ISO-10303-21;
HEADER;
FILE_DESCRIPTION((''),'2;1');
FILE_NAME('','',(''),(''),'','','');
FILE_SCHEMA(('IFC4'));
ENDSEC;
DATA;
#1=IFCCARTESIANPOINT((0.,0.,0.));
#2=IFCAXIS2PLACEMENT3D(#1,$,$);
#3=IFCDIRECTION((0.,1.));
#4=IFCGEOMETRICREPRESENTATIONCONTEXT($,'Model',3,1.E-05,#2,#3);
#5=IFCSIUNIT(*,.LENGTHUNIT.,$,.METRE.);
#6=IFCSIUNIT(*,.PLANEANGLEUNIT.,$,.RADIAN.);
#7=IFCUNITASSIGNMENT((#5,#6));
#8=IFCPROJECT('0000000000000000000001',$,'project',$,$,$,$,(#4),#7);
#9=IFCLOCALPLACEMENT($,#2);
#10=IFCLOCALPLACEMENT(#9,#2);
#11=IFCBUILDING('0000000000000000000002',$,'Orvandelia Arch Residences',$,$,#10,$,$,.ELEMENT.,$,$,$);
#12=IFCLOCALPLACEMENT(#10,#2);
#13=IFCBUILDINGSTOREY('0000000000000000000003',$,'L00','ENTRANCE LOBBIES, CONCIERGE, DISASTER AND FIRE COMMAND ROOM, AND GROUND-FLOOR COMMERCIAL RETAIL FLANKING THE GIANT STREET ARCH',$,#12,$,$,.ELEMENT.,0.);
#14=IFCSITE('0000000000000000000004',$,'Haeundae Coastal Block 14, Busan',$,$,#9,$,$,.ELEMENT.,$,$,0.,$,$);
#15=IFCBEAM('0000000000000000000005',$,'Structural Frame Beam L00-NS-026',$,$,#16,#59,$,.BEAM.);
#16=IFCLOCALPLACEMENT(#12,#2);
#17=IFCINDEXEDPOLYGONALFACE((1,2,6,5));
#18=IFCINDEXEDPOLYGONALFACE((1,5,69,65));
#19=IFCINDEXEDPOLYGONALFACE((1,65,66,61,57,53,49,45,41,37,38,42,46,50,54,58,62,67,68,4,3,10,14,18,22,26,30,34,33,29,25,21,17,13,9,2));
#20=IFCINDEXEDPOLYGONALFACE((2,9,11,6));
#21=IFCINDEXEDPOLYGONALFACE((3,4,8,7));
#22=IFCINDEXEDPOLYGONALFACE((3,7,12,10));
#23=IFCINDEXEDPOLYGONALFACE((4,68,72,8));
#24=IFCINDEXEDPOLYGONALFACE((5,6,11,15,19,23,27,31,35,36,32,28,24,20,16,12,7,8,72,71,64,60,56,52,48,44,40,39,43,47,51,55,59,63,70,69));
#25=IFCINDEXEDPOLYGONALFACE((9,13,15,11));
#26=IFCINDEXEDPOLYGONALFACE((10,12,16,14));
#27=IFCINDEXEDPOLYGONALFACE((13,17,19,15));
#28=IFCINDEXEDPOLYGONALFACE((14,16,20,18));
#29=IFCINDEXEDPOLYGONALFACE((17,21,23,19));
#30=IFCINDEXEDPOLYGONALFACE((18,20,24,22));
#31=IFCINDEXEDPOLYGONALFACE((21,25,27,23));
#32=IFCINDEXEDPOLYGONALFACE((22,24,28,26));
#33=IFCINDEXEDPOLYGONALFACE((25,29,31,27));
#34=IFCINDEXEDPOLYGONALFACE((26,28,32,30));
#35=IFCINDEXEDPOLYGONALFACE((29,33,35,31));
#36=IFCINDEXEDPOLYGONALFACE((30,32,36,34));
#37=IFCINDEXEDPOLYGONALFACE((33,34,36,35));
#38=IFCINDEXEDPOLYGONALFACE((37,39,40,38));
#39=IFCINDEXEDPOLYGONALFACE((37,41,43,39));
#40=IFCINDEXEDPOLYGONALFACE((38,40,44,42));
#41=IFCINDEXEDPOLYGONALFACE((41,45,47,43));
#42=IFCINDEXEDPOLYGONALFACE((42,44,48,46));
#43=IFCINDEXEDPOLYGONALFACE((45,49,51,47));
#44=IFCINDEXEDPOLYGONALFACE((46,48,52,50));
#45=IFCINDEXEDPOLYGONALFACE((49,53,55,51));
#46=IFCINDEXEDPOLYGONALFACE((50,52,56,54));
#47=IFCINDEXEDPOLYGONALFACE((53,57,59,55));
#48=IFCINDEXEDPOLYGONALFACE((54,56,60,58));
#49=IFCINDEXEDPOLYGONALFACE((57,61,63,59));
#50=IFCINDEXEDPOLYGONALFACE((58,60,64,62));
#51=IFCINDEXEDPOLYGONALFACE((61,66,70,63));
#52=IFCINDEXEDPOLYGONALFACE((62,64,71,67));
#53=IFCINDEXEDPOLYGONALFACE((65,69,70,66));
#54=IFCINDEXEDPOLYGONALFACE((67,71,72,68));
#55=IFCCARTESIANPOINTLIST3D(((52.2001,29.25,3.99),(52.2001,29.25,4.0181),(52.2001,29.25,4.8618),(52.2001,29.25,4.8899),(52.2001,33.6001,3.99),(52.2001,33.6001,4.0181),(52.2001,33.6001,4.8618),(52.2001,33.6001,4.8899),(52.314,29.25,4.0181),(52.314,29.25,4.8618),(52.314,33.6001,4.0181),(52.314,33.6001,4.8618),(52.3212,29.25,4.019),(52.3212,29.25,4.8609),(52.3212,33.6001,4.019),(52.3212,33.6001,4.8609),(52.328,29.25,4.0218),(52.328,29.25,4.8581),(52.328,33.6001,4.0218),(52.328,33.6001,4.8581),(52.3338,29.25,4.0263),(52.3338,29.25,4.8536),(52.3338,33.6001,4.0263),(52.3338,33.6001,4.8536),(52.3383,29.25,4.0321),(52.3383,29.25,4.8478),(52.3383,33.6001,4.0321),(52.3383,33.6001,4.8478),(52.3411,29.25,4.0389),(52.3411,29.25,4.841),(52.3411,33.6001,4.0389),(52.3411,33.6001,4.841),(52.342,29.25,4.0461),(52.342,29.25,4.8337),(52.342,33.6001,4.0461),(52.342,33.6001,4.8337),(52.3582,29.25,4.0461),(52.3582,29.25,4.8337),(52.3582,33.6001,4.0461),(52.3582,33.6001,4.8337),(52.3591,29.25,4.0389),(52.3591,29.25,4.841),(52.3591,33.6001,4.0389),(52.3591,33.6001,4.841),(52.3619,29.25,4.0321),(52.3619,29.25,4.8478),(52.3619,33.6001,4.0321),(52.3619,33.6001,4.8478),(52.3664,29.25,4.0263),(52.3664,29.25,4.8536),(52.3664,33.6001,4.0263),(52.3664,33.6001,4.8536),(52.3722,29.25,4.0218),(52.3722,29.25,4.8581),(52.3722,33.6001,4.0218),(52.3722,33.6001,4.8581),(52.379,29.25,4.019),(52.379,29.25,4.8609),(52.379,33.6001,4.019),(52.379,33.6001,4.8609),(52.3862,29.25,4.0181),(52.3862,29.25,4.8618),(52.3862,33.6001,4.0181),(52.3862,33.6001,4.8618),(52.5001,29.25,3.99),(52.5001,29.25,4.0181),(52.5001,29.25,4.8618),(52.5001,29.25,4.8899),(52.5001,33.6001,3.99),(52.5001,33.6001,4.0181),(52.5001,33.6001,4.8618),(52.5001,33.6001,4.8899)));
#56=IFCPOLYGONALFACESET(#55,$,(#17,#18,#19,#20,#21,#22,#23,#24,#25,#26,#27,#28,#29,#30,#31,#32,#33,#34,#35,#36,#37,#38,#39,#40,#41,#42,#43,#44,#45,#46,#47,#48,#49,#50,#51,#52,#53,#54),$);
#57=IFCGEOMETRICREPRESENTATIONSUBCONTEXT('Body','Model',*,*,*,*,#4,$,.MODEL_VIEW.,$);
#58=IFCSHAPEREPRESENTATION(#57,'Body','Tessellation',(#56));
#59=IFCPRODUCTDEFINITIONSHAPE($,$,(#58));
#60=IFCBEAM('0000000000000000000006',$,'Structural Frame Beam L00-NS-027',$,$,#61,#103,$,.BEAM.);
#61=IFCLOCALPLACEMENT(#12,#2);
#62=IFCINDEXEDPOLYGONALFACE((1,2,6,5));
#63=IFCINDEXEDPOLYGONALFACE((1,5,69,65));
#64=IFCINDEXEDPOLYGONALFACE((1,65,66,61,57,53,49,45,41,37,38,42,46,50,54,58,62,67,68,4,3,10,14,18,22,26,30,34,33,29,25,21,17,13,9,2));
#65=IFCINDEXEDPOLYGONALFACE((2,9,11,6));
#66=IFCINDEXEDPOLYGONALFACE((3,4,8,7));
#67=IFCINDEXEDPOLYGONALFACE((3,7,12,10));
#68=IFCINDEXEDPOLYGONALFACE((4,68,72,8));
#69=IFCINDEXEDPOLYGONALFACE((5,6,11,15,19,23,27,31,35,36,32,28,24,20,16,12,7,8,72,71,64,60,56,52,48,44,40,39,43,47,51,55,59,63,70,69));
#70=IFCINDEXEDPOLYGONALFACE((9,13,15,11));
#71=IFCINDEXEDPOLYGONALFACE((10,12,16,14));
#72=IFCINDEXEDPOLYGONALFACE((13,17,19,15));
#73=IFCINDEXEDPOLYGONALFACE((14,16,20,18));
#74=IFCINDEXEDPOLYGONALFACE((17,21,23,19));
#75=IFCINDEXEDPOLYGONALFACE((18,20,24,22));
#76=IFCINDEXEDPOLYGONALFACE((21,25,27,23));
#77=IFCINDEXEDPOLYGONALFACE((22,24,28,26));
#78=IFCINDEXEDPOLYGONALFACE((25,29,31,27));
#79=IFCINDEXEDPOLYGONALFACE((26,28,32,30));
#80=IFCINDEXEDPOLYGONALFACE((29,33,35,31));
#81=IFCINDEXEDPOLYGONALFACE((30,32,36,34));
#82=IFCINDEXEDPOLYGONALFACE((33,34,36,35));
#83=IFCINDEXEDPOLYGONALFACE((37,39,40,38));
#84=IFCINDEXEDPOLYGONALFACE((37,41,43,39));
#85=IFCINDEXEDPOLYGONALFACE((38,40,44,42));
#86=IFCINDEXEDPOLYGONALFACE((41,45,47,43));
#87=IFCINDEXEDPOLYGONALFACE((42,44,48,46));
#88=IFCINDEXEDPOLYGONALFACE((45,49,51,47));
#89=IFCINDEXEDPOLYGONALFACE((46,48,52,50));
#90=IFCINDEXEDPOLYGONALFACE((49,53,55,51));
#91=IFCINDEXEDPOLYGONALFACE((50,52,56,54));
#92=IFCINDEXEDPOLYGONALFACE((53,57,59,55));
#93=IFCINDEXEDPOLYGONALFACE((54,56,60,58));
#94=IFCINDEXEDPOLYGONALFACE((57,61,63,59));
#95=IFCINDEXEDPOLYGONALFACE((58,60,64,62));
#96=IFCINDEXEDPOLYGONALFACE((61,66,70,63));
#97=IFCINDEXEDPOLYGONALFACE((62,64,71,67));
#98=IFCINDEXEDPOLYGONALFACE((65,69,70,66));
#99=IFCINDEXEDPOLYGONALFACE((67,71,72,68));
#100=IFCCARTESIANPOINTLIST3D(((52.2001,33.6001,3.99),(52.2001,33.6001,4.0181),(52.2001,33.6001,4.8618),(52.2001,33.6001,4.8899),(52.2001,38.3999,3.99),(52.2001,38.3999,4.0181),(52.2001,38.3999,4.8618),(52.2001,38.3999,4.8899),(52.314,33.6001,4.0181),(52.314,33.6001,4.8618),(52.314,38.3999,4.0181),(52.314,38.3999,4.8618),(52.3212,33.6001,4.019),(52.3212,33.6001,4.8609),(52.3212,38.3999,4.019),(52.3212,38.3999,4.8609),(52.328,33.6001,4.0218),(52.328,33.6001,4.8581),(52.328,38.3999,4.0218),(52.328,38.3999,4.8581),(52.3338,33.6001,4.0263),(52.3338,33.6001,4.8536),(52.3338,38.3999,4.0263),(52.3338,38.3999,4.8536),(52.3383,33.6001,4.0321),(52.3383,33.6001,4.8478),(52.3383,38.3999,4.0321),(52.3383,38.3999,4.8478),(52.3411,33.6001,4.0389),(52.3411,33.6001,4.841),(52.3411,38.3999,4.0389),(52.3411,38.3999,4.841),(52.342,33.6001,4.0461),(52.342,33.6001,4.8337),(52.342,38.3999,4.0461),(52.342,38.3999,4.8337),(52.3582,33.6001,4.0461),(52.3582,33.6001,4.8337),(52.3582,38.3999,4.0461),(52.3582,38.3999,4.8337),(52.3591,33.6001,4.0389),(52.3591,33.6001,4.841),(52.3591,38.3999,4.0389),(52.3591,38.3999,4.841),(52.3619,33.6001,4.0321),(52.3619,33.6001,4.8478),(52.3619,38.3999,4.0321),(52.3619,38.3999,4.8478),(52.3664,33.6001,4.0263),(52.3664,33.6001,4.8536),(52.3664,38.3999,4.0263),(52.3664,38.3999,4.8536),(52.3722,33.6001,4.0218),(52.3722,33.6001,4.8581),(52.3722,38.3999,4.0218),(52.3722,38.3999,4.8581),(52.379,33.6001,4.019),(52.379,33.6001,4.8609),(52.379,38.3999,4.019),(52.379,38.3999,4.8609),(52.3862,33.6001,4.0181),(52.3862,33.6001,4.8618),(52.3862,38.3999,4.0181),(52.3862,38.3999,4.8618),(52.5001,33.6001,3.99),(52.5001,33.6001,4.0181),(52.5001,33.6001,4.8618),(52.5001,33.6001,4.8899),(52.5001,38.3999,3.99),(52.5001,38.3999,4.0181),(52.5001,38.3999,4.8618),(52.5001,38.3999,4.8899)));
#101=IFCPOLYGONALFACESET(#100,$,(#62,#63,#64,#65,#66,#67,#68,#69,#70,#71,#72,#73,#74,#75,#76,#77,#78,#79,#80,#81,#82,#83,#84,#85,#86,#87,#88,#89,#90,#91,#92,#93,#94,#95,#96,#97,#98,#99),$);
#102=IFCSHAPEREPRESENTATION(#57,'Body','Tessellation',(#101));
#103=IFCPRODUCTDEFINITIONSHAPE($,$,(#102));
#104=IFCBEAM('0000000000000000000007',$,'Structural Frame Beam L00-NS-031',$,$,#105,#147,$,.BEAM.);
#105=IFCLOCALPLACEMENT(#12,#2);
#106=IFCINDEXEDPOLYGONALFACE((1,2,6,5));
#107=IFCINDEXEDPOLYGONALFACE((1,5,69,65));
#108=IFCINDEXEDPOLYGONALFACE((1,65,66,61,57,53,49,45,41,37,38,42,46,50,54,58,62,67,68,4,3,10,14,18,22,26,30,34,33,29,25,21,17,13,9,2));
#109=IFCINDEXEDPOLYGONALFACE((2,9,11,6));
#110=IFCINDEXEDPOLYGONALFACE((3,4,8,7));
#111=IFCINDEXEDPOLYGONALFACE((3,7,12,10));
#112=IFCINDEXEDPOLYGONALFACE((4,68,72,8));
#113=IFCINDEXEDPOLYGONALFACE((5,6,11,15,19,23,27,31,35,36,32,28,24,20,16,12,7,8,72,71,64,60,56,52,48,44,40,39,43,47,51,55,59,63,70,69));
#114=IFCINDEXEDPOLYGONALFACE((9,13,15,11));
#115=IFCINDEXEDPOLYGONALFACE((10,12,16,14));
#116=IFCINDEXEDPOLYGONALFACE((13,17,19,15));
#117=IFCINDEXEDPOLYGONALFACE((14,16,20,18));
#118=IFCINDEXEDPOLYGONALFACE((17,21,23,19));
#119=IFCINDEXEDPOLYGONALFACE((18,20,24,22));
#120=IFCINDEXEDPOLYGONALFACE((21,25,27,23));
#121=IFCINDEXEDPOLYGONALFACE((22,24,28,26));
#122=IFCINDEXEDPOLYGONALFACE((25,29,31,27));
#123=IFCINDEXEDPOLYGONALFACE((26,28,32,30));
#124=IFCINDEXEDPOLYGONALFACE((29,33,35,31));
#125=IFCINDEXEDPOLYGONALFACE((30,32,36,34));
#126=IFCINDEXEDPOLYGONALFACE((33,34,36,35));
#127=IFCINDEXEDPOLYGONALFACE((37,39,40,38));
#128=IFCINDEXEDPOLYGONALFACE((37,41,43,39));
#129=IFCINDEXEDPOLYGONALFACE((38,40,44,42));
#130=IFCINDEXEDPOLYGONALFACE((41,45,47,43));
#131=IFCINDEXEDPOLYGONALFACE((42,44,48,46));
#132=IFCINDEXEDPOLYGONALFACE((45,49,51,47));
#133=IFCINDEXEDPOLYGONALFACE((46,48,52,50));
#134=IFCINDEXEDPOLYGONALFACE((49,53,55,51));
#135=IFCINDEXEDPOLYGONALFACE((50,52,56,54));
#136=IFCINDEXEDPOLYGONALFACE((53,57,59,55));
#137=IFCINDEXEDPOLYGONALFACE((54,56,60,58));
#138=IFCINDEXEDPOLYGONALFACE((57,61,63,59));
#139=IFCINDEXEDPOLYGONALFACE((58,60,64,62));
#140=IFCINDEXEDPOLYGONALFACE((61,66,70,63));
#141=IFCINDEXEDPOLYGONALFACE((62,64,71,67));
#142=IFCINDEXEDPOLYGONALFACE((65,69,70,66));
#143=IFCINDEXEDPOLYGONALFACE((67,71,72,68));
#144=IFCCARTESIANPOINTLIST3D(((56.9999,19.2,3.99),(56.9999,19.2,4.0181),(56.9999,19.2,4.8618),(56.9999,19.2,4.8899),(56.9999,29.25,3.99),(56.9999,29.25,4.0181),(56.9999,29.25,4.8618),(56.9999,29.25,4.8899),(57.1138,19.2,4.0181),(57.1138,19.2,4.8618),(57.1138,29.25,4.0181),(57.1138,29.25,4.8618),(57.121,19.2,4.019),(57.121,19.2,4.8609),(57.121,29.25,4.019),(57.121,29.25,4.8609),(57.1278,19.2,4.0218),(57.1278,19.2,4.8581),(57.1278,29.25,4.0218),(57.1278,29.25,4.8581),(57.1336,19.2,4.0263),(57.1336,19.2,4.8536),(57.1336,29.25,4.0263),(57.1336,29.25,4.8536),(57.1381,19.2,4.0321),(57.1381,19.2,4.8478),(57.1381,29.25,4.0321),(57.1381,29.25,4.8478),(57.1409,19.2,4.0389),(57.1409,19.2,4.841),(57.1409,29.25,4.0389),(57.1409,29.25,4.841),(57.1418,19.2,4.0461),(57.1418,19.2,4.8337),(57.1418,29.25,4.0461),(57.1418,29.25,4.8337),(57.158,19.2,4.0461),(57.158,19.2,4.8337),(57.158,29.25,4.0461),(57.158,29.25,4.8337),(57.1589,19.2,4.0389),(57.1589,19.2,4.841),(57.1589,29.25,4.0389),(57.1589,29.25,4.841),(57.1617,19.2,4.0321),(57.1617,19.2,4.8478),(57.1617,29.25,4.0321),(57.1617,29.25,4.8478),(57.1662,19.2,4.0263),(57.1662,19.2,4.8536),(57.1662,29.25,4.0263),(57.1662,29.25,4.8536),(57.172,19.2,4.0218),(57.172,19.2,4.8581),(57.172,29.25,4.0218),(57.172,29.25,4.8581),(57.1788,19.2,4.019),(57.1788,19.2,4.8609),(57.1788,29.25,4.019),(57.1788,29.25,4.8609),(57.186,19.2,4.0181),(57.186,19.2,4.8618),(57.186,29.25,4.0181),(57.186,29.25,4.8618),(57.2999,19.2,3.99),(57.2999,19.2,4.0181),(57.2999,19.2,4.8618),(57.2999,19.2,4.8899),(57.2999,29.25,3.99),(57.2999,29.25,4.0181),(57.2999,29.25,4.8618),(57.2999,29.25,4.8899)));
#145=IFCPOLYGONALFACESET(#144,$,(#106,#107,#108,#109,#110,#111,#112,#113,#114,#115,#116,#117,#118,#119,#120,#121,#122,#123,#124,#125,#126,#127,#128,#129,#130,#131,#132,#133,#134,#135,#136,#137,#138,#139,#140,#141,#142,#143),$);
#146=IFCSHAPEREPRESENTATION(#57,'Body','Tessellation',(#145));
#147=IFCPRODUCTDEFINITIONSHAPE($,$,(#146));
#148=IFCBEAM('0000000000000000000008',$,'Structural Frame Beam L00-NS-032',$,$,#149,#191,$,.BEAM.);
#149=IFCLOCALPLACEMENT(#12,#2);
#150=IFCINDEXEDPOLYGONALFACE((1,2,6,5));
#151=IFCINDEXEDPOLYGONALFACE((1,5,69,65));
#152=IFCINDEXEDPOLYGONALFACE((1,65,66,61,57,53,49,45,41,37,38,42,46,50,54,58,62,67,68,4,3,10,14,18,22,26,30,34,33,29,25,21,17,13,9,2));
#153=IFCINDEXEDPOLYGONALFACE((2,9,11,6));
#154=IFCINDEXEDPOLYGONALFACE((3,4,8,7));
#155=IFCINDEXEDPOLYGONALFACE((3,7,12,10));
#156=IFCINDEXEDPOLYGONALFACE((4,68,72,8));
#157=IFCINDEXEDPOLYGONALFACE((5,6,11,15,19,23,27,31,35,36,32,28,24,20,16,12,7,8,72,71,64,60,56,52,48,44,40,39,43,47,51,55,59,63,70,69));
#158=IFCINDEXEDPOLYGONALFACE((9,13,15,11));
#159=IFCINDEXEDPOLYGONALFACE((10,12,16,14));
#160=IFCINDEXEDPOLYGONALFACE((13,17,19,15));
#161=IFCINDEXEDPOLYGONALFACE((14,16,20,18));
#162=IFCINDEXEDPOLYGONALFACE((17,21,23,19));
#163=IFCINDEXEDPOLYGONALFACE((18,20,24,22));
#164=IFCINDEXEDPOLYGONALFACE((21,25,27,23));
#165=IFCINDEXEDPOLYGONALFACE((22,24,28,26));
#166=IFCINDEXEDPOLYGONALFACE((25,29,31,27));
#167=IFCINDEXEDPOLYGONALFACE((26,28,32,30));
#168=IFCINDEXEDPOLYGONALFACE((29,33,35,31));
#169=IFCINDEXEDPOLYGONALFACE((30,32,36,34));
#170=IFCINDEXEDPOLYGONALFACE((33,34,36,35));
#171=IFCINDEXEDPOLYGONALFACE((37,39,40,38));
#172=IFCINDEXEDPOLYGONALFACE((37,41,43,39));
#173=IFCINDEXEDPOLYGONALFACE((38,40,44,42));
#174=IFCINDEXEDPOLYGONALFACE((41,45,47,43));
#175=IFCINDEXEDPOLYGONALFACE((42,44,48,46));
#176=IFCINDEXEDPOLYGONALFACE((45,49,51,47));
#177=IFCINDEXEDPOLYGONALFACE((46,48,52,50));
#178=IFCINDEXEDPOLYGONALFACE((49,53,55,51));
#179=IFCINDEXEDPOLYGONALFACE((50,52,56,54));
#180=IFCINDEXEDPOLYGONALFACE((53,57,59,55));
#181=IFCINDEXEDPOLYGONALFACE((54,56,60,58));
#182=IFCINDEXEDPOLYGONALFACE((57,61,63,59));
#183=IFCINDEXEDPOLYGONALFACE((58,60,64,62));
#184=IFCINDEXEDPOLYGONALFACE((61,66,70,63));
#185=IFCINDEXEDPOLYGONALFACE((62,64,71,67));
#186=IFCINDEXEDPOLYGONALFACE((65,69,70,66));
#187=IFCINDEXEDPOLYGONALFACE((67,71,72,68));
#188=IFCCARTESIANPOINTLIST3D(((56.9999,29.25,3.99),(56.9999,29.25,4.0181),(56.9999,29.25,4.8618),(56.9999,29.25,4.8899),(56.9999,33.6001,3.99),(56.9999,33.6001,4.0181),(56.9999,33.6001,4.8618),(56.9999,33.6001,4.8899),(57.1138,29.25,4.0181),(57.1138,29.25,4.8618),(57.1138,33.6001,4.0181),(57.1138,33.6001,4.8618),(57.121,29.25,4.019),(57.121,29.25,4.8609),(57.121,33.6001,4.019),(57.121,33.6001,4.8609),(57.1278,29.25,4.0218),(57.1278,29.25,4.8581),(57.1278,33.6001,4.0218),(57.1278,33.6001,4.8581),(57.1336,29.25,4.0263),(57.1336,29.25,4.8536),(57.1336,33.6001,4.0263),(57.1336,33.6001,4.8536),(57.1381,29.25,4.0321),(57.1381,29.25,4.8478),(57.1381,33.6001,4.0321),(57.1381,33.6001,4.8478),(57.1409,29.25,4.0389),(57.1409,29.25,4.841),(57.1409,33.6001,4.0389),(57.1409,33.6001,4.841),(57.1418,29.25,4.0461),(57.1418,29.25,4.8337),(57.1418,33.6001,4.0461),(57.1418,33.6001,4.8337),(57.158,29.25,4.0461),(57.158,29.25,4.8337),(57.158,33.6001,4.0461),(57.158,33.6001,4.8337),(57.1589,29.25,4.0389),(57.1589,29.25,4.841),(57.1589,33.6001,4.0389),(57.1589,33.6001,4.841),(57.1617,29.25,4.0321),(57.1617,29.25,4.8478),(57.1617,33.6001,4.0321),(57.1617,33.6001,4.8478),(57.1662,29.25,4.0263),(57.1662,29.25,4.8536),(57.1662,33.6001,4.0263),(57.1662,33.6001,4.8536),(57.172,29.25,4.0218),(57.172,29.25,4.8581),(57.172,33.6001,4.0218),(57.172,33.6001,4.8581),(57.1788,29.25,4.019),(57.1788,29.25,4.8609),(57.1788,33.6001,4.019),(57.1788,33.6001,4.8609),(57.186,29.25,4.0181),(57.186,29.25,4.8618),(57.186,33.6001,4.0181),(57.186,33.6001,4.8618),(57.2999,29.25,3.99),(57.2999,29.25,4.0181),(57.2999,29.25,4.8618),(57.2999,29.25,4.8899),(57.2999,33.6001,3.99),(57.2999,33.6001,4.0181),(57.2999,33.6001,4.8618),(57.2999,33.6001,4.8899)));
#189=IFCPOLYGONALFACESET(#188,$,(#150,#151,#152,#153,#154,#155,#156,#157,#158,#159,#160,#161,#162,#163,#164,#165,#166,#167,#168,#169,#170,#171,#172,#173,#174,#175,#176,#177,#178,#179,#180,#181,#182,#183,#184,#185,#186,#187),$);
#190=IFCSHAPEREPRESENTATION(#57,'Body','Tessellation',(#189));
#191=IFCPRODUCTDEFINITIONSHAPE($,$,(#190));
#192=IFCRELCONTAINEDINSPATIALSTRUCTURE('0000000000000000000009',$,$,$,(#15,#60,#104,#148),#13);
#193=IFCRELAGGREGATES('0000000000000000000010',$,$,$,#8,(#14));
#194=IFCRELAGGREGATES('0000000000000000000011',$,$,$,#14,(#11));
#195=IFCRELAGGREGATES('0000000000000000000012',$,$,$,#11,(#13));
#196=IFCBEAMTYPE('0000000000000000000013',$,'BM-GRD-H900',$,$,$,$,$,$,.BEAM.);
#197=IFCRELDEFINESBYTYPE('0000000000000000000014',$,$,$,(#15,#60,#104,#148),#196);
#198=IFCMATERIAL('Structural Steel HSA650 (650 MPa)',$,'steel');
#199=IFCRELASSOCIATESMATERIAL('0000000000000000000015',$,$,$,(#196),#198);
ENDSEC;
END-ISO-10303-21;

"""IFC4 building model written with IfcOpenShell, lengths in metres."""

from ifc_helpers import new_model, si_unit, direction, frame, origin, origin_2d, place, context, subcontext, project, spatial, i_section, extrude, material, material_profile, profile_set, type_object, element, save


model = new_model("IFC4")

# Units and contexts
model_context = context("Model", 3, precision=1e-05, world=origin(), true_north=direction((0.0, 1.0)))
body_context = subcontext(model_context, "Body", "Model", "MODEL_VIEW")
ifc_project = project(units=[si_unit("LENGTHUNIT", "METRE"), si_unit("PLANEANGLEUNIT", "RADIAN")], contexts=[model_context])

# Site, building, storey
site_placement = place(None, origin())
site = spatial("IfcSite", under=ifc_project, at=site_placement, Name="Haeundae Coastal Block 14, Busan", CompositionType="ELEMENT", RefElevation=0.0)
building_placement = place(site_placement, origin())
building = spatial("IfcBuilding", under=site, at=building_placement, Name="Orvandelia Arch Residences", CompositionType="ELEMENT")
storey_placement = place(building_placement, origin())
storey = spatial("IfcBuildingStorey", under=building, at=storey_placement, Name="L00", Description="ENTRANCE LOBBIES, CONCIERGE, DISASTER AND FIRE COMMAND ROOM, AND GROUND-FLOOR COMMERCIAL RETAIL FLANKING THE GIANT STREET ARCH", CompositionType="ELEMENT", Elevation=0.0)

# Beams
ifc_material_1 = material(Name="Structural Steel HSA650 (650 MPa)", Category="steel")
ifc_material_profile_1 = material_profile(ifc_material_1, i_section(OverallWidth=0.3, OverallDepth=0.8999, WebThickness=0.0161, FlangeThickness=0.0281, FilletRadius=0.0281, at=origin_2d()), Name="Structural Steel HSA650 (650 MPa)", Category="steel")
ifc_profile_set_1 = profile_set([ifc_material_profile_1], Name="Structural Steel HSA650 (650 MPa)")
beam_type = type_object("IfcBeamType", Name="BM-GRD-H900", PredefinedType="BEAM", material=ifc_profile_set_1)
beam_1_placement = place(storey_placement, frame((52.3501, 29.25, 4.4399), z_axis=(0.0, 1.0, 0.0), x_axis=(-1.0, 0.0, 0.0)))
element("IfcBeam", 1, at=beam_1_placement, inside=storey, type_object=beam_type, Name="Structural Frame Beam L00-NS-026", PredefinedType="BEAM", context=body_context, shape_type="SweptSolid", body=[
    extrude(i_section(OverallWidth=0.3, OverallDepth=0.8999, WebThickness=0.0161, FlangeThickness=0.0281, FilletRadius=0.0281, at=origin_2d()), origin(), (0.0, 0.0, 1.0), 4.3501),
])
beam_2_placement = place(storey_placement, frame((52.3501, 33.6001, 4.4399), z_axis=(0.0, 1.0, 0.0), x_axis=(-1.0, 0.0, 0.0)))
element("IfcBeam", 2, at=beam_2_placement, inside=storey, type_object=beam_type, Name="Structural Frame Beam L00-NS-027", PredefinedType="BEAM", context=body_context, shape_type="SweptSolid", body=[
    extrude(i_section(OverallWidth=0.3, OverallDepth=0.8999, WebThickness=0.0161, FlangeThickness=0.0281, FilletRadius=0.0281, at=origin_2d()), origin(), (0.0, 0.0, 1.0), 4.7998),
])
beam_3_placement = place(storey_placement, frame((57.1499, 19.2, 4.4399), z_axis=(0.0, 1.0, 0.0), x_axis=(-1.0, 0.0, 0.0)))
element("IfcBeam", 3, at=beam_3_placement, inside=storey, type_object=beam_type, Name="Structural Frame Beam L00-NS-031", PredefinedType="BEAM", context=body_context, shape_type="SweptSolid", body=[
    extrude(i_section(OverallWidth=0.3, OverallDepth=0.8999, WebThickness=0.0161, FlangeThickness=0.0281, FilletRadius=0.0281, at=origin_2d()), origin(), (0.0, 0.0, 1.0), 10.05),
])
beam_4_placement = place(storey_placement, frame((57.1499, 29.25, 4.4399), z_axis=(0.0, 1.0, 0.0), x_axis=(-1.0, 0.0, 0.0)))
element("IfcBeam", 4, at=beam_4_placement, inside=storey, type_object=beam_type, Name="Structural Frame Beam L00-NS-032", PredefinedType="BEAM", context=body_context, shape_type="SweptSolid", body=[
    extrude(i_section(OverallWidth=0.3, OverallDepth=0.8999, WebThickness=0.0161, FlangeThickness=0.0281, FilletRadius=0.0281, at=origin_2d()), origin(), (0.0, 0.0, 1.0), 4.3501),
])

save(model, "model.ifc")
